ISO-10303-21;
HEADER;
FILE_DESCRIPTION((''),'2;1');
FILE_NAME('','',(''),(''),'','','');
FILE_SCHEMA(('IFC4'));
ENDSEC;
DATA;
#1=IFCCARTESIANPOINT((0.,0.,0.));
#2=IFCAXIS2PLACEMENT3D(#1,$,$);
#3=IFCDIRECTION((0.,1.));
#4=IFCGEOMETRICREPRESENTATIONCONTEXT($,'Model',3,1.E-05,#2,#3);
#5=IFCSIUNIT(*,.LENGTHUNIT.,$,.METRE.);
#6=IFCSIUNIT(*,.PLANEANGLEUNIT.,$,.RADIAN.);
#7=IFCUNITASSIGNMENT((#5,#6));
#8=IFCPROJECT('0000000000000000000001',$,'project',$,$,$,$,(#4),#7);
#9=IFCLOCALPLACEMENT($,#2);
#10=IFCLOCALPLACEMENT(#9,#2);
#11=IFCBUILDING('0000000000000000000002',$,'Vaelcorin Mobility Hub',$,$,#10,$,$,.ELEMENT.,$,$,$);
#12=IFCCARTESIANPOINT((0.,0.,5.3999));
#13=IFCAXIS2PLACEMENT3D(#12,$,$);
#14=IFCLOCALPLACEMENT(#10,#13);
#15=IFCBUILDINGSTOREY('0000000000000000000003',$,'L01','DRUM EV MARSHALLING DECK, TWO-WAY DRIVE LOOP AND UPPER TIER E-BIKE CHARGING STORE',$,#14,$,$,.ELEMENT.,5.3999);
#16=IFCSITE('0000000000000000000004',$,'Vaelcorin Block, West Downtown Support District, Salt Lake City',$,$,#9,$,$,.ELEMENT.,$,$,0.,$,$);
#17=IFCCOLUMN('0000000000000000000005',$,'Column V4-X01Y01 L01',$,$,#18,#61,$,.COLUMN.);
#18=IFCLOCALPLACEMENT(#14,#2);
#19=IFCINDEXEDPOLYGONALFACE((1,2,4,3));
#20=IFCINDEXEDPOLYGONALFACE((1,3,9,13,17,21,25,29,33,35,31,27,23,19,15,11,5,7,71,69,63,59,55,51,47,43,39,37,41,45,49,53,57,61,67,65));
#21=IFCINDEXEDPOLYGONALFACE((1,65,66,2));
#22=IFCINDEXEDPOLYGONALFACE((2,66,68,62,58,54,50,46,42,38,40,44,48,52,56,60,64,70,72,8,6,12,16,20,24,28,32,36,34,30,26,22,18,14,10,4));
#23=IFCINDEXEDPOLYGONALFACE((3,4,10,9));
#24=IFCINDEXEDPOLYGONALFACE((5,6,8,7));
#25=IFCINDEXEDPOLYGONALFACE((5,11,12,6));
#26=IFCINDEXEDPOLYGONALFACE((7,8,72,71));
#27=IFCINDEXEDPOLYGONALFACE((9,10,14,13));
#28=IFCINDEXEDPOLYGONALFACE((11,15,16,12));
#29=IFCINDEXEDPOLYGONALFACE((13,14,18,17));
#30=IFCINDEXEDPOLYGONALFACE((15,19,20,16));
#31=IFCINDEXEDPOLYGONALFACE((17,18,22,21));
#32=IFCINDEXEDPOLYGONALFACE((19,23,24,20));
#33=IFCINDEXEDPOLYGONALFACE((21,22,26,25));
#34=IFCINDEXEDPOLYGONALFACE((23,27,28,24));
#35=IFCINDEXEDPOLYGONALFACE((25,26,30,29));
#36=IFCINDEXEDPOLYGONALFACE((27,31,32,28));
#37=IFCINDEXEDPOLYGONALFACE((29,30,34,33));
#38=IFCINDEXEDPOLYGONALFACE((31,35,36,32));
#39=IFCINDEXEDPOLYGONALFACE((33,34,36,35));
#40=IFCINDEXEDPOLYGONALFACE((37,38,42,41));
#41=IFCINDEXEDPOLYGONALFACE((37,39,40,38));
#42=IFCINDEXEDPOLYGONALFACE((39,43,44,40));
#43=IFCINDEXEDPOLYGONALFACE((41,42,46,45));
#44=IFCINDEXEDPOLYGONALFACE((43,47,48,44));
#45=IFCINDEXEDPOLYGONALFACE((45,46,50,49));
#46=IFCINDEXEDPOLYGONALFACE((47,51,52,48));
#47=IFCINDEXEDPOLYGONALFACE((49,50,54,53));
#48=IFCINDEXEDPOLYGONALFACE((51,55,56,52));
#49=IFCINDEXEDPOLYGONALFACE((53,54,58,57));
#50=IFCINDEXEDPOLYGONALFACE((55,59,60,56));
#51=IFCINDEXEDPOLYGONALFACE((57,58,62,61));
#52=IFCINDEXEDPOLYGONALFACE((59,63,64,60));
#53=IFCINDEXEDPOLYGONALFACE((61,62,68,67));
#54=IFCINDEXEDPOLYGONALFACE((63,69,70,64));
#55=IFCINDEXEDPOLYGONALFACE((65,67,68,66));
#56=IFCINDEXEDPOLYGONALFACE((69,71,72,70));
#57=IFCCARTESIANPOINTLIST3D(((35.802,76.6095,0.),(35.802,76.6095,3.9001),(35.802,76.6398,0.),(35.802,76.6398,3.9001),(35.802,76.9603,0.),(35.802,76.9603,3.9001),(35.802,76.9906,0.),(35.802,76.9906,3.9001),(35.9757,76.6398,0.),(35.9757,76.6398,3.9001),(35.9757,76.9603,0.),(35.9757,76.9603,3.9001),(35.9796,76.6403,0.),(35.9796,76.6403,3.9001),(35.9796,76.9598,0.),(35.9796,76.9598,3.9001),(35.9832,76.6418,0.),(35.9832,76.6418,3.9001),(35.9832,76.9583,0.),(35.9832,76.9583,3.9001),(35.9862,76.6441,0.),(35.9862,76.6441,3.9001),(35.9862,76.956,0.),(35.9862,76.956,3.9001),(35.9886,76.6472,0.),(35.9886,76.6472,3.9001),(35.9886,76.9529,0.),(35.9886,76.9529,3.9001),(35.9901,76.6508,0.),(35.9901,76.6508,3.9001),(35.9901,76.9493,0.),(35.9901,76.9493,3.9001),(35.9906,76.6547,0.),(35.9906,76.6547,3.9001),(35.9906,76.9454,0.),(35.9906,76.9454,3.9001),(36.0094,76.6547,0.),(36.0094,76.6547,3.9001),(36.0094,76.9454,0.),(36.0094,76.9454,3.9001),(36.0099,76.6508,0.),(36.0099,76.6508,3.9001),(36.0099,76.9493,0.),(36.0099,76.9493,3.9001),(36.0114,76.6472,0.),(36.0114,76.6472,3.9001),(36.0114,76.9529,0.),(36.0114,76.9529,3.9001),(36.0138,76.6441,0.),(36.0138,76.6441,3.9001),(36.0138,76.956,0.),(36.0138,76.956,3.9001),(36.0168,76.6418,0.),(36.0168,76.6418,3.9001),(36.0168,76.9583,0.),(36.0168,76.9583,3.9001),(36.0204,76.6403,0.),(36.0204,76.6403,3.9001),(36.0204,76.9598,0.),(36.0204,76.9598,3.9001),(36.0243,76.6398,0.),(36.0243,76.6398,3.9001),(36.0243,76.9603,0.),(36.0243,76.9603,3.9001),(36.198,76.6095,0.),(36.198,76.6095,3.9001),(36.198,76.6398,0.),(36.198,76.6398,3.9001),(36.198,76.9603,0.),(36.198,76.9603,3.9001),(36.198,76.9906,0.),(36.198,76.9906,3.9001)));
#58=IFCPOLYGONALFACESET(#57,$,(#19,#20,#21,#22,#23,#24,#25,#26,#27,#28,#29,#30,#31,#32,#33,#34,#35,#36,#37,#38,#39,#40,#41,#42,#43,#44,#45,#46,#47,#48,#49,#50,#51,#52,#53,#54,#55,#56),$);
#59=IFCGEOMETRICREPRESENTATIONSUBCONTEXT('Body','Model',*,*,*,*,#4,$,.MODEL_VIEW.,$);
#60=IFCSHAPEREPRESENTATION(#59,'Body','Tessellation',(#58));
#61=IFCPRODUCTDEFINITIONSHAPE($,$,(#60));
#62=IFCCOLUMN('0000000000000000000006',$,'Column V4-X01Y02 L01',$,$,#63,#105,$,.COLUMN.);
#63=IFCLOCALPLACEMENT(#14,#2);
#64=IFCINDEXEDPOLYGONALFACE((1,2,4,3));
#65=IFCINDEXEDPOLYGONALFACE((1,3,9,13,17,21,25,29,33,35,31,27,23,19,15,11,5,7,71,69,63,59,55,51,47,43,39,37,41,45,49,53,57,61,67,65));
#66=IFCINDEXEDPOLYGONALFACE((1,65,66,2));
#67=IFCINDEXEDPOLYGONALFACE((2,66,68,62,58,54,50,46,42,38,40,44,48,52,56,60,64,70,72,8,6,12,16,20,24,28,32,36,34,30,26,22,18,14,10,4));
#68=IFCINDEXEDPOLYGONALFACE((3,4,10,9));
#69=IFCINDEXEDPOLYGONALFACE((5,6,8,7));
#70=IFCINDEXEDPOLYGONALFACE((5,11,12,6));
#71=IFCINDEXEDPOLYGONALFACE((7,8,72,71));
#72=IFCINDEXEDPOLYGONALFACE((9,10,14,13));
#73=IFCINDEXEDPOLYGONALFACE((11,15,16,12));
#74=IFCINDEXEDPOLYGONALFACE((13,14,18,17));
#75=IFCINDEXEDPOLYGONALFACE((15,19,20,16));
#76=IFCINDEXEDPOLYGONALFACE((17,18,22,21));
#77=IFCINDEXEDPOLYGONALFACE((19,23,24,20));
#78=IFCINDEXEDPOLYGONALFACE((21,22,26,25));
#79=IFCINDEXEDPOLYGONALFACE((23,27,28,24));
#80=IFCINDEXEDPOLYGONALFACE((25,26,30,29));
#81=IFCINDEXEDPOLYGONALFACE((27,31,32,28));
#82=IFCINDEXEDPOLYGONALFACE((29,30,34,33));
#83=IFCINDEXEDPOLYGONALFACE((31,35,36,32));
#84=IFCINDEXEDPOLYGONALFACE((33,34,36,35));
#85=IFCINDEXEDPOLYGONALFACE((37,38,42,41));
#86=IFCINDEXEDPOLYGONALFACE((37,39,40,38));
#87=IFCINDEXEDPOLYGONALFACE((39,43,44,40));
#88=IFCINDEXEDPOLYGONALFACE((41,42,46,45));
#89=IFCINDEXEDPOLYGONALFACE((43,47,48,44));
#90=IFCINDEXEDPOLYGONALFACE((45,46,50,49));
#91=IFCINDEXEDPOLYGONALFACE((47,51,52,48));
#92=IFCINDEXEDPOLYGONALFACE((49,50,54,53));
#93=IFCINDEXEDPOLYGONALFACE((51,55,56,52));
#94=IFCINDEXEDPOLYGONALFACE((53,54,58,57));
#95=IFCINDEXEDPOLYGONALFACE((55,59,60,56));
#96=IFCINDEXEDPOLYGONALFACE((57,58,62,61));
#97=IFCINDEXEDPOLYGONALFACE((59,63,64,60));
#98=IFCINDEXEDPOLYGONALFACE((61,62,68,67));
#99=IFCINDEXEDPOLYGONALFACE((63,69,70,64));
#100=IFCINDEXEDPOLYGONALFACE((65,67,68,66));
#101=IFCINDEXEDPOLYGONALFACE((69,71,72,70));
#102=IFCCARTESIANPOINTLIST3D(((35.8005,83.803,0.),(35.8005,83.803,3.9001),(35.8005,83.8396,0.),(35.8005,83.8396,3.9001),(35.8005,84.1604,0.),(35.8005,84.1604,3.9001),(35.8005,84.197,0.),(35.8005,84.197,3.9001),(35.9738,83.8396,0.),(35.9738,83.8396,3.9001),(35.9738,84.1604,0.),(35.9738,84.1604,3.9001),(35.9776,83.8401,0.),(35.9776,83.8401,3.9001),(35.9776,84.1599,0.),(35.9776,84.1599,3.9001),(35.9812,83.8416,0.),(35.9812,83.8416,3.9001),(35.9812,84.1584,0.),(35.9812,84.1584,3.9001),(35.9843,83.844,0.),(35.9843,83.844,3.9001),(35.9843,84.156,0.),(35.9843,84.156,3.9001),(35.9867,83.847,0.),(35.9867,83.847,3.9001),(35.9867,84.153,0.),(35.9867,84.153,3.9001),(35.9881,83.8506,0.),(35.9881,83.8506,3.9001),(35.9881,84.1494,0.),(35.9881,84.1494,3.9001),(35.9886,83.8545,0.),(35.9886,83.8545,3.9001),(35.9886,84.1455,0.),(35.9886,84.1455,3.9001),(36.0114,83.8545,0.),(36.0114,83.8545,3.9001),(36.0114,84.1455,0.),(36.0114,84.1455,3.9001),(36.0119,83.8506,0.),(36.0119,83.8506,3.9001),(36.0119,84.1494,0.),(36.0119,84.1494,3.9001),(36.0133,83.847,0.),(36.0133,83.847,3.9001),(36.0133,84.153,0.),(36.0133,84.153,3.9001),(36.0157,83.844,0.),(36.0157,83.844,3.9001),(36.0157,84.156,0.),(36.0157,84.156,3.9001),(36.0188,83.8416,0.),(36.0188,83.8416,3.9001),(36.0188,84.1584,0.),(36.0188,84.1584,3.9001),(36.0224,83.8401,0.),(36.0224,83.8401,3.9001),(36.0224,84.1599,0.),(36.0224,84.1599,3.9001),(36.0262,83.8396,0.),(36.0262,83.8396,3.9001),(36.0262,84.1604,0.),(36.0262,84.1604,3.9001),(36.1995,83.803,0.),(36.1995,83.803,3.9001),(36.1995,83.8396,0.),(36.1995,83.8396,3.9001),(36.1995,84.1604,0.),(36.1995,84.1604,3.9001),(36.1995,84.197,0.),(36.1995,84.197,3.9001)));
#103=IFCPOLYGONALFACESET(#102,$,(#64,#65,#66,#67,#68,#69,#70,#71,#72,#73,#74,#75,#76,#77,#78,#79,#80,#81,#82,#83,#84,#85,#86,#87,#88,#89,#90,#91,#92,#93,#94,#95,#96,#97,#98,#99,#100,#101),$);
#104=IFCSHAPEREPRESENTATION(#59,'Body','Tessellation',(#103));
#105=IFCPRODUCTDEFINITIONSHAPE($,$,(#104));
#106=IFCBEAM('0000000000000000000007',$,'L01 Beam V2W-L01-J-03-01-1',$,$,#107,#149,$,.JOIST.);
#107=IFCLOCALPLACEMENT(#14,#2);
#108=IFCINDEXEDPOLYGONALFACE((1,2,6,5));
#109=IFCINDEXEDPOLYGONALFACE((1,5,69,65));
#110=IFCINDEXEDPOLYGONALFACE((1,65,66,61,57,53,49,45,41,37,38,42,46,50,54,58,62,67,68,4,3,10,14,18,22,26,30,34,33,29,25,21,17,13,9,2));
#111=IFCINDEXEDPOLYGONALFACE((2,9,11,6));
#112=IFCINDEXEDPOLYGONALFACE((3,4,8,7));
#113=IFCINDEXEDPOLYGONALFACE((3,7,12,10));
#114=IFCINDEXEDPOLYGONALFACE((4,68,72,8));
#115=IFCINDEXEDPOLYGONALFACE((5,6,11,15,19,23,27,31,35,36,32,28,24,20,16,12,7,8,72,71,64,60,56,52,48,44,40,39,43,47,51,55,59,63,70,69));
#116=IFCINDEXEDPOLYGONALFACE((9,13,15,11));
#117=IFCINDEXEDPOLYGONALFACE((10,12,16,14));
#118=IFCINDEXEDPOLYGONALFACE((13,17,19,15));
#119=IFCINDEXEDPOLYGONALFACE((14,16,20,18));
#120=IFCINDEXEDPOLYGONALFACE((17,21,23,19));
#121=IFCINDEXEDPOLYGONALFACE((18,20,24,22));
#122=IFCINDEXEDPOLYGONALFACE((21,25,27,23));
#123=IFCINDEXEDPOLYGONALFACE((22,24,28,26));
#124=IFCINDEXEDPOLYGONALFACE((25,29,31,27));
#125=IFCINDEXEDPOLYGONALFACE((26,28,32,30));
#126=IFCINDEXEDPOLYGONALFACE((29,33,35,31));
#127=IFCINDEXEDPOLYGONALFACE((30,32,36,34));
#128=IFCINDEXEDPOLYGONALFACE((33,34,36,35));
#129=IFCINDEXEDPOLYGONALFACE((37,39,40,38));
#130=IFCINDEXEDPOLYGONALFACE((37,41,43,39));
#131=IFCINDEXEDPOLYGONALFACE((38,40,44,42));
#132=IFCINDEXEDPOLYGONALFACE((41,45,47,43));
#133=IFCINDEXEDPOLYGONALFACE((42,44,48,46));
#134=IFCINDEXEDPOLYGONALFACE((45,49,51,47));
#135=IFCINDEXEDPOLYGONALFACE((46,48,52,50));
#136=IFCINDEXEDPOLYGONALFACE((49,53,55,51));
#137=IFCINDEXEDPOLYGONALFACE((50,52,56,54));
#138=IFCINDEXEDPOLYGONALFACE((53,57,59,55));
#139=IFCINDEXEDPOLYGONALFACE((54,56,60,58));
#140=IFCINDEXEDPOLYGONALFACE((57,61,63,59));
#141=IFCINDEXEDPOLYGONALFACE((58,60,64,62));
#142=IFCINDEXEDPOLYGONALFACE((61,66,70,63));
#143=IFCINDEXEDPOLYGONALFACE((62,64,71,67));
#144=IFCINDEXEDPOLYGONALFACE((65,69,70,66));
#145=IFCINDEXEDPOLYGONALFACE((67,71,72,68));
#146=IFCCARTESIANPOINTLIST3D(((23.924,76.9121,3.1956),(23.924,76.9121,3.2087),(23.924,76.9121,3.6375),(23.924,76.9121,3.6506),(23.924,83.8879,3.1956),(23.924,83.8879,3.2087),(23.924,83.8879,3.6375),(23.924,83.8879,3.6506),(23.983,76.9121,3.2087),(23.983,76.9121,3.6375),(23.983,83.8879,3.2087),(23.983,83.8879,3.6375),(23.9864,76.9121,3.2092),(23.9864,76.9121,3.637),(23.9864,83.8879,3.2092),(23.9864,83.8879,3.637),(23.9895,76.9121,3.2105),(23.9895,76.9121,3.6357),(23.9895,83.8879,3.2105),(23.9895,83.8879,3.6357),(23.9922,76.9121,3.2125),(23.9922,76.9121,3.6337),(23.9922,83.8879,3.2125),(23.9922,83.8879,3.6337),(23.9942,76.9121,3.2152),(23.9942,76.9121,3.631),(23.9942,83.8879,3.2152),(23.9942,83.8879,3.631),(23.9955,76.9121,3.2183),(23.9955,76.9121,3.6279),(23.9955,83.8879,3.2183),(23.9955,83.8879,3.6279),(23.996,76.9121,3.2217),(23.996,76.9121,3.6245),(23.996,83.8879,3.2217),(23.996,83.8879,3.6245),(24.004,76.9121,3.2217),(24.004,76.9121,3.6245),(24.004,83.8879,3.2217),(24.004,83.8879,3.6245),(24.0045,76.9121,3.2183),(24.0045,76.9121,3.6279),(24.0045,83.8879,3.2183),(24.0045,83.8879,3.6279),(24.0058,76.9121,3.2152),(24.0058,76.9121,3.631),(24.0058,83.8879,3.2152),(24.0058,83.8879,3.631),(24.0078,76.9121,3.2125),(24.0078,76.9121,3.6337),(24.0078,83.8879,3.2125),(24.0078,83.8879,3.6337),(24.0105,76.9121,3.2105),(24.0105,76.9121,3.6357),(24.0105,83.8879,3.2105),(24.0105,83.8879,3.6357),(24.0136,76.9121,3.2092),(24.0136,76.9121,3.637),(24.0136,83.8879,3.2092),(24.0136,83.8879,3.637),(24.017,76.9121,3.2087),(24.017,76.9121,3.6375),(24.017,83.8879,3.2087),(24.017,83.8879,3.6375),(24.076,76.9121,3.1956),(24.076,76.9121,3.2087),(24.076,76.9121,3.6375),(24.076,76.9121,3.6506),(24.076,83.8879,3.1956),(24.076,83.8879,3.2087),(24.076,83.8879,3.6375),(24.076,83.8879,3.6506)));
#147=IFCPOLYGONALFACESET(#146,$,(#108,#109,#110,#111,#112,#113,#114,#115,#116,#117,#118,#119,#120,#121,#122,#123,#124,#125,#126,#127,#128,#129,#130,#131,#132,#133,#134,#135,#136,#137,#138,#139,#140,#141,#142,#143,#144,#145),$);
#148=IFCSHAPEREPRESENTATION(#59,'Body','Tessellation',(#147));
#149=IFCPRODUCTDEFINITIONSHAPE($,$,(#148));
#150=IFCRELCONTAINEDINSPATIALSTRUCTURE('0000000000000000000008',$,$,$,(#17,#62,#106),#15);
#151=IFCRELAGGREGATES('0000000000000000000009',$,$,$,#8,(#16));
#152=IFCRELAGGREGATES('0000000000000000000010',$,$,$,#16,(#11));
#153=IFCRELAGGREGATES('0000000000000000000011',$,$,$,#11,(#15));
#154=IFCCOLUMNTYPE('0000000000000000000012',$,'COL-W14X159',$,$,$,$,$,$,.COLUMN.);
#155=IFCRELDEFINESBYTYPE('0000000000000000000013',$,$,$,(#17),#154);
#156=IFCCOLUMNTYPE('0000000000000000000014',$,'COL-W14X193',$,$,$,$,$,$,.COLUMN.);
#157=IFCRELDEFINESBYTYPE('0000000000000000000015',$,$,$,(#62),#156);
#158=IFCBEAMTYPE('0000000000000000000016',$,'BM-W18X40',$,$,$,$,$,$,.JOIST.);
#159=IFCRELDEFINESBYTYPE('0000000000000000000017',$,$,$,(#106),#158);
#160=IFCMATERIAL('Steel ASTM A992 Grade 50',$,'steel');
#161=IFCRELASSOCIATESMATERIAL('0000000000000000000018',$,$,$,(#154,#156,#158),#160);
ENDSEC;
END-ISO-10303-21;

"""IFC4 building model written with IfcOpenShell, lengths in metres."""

from ifc_helpers import new_model, si_unit, direction, frame, origin, origin_2d, place, context, subcontext, project, spatial, i_section, extrude, material, material_profile, profile_set, type_object, element, save


model = new_model("IFC4")

# Units and contexts
model_context = context("Model", 3, precision=1e-05, world=origin(), true_north=direction((0.0, 1.0)))
body_context = subcontext(model_context, "Body", "Model", "MODEL_VIEW")
ifc_project = project(units=[si_unit("LENGTHUNIT", "METRE"), si_unit("PLANEANGLEUNIT", "RADIAN")], contexts=[model_context])

# Site, building, storey
site_placement = place(None, origin())
site = spatial("IfcSite", under=ifc_project, at=site_placement, Name="Vaelcorin Block, West Downtown Support District, Salt Lake City", CompositionType="ELEMENT", RefElevation=0.0)
building_placement = place(site_placement, origin())
building = spatial("IfcBuilding", under=site, at=building_placement, Name="Vaelcorin Mobility Hub", CompositionType="ELEMENT")
storey_placement = place(building_placement, frame((0.0, 0.0, 5.3999)))
storey = spatial("IfcBuildingStorey", under=building, at=storey_placement, Name="L01", Description="DRUM EV MARSHALLING DECK, TWO-WAY DRIVE LOOP AND UPPER TIER E-BIKE CHARGING STORE", CompositionType="ELEMENT", Elevation=5.3999)

# Columns
ifc_material_1 = material(Name="Steel ASTM A992 Grade 50", Category="steel")
ifc_material_profile_1 = material_profile(ifc_material_1, i_section(OverallWidth=0.396, OverallDepth=0.3811, WebThickness=0.0188, FlangeThickness=0.0303, FilletRadius=0.0149, at=origin_2d()), Name="W14X159")
ifc_profile_set_1 = profile_set([ifc_material_profile_1], Name="Steel ASTM A992 Grade 50")
column_type_1 = type_object("IfcColumnType", Name="COL-W14X159", PredefinedType="COLUMN", material=ifc_profile_set_1)
column_1_placement = place(storey_placement, frame((36.0, 76.8, 0.0), z_axis=(0.0, 0.0, 1.0), x_axis=(1.0, 0.0, 0.0)))
element("IfcColumn", 1, at=column_1_placement, inside=storey, type_object=column_type_1, Name="Column V4-X01Y01 L01", PredefinedType="COLUMN", context=body_context, shape_type="SweptSolid", body=[
    extrude(i_section(OverallWidth=0.396, OverallDepth=0.3811, WebThickness=0.0188, FlangeThickness=0.0303, FilletRadius=0.0149, at=origin_2d()), origin(), (0.0, 0.0, 1.0), 3.9001),
])
ifc_material_profile_2 = material_profile(ifc_material_1, i_section(OverallWidth=0.3989, OverallDepth=0.394, WebThickness=0.0227, FlangeThickness=0.0366, FilletRadius=0.0149, at=origin_2d()), Name="W14X193")
ifc_profile_set_2 = profile_set([ifc_material_profile_2], Name="Steel ASTM A992 Grade 50")
column_type_2 = type_object("IfcColumnType", Name="COL-W14X193", PredefinedType="COLUMN", material=ifc_profile_set_2)
column_2_placement = place(storey_placement, frame((36.0, 84.0, 0.0), z_axis=(0.0, 0.0, 1.0), x_axis=(1.0, 0.0, 0.0)))
element("IfcColumn", 2, at=column_2_placement, inside=storey, type_object=column_type_2, Name="Column V4-X01Y02 L01", PredefinedType="COLUMN", context=body_context, shape_type="SweptSolid", body=[
    extrude(i_section(OverallWidth=0.3989, OverallDepth=0.394, WebThickness=0.0227, FlangeThickness=0.0366, FilletRadius=0.0149, at=origin_2d()), origin(), (0.0, 0.0, 1.0), 3.9001),
])

# Beam
ifc_material_profile_3 = material_profile(ifc_material_1, i_section(OverallWidth=0.1521, OverallDepth=0.4551, WebThickness=0.0081, FlangeThickness=0.0132, FilletRadius=0.0129, at=origin_2d()), Name="W18X40")
ifc_profile_set_3 = profile_set([ifc_material_profile_3], Name="Steel ASTM A992 Grade 50")
beam_type_1 = type_object("IfcBeamType", Name="BM-W18X40", PredefinedType="JOIST", material=ifc_profile_set_3)
beam_1_placement = place(storey_placement, frame((24.0, 76.9121, 3.4231), z_axis=(0.0, 1.0, 0.0), x_axis=(-1.0, 0.0, 0.0)))
element("IfcBeam", 3, at=beam_1_placement, inside=storey, type_object=beam_type_1, Name="L01 Beam V2W-L01-J-03-01-1", PredefinedType="JOIST", context=body_context, shape_type="SweptSolid", body=[
    extrude(i_section(OverallWidth=0.1521, OverallDepth=0.4551, WebThickness=0.0081, FlangeThickness=0.0132, FilletRadius=0.0129, at=origin_2d()), origin(), (0.0, 0.0, 1.0), 6.9758),
])

save(model, "model.ifc")
